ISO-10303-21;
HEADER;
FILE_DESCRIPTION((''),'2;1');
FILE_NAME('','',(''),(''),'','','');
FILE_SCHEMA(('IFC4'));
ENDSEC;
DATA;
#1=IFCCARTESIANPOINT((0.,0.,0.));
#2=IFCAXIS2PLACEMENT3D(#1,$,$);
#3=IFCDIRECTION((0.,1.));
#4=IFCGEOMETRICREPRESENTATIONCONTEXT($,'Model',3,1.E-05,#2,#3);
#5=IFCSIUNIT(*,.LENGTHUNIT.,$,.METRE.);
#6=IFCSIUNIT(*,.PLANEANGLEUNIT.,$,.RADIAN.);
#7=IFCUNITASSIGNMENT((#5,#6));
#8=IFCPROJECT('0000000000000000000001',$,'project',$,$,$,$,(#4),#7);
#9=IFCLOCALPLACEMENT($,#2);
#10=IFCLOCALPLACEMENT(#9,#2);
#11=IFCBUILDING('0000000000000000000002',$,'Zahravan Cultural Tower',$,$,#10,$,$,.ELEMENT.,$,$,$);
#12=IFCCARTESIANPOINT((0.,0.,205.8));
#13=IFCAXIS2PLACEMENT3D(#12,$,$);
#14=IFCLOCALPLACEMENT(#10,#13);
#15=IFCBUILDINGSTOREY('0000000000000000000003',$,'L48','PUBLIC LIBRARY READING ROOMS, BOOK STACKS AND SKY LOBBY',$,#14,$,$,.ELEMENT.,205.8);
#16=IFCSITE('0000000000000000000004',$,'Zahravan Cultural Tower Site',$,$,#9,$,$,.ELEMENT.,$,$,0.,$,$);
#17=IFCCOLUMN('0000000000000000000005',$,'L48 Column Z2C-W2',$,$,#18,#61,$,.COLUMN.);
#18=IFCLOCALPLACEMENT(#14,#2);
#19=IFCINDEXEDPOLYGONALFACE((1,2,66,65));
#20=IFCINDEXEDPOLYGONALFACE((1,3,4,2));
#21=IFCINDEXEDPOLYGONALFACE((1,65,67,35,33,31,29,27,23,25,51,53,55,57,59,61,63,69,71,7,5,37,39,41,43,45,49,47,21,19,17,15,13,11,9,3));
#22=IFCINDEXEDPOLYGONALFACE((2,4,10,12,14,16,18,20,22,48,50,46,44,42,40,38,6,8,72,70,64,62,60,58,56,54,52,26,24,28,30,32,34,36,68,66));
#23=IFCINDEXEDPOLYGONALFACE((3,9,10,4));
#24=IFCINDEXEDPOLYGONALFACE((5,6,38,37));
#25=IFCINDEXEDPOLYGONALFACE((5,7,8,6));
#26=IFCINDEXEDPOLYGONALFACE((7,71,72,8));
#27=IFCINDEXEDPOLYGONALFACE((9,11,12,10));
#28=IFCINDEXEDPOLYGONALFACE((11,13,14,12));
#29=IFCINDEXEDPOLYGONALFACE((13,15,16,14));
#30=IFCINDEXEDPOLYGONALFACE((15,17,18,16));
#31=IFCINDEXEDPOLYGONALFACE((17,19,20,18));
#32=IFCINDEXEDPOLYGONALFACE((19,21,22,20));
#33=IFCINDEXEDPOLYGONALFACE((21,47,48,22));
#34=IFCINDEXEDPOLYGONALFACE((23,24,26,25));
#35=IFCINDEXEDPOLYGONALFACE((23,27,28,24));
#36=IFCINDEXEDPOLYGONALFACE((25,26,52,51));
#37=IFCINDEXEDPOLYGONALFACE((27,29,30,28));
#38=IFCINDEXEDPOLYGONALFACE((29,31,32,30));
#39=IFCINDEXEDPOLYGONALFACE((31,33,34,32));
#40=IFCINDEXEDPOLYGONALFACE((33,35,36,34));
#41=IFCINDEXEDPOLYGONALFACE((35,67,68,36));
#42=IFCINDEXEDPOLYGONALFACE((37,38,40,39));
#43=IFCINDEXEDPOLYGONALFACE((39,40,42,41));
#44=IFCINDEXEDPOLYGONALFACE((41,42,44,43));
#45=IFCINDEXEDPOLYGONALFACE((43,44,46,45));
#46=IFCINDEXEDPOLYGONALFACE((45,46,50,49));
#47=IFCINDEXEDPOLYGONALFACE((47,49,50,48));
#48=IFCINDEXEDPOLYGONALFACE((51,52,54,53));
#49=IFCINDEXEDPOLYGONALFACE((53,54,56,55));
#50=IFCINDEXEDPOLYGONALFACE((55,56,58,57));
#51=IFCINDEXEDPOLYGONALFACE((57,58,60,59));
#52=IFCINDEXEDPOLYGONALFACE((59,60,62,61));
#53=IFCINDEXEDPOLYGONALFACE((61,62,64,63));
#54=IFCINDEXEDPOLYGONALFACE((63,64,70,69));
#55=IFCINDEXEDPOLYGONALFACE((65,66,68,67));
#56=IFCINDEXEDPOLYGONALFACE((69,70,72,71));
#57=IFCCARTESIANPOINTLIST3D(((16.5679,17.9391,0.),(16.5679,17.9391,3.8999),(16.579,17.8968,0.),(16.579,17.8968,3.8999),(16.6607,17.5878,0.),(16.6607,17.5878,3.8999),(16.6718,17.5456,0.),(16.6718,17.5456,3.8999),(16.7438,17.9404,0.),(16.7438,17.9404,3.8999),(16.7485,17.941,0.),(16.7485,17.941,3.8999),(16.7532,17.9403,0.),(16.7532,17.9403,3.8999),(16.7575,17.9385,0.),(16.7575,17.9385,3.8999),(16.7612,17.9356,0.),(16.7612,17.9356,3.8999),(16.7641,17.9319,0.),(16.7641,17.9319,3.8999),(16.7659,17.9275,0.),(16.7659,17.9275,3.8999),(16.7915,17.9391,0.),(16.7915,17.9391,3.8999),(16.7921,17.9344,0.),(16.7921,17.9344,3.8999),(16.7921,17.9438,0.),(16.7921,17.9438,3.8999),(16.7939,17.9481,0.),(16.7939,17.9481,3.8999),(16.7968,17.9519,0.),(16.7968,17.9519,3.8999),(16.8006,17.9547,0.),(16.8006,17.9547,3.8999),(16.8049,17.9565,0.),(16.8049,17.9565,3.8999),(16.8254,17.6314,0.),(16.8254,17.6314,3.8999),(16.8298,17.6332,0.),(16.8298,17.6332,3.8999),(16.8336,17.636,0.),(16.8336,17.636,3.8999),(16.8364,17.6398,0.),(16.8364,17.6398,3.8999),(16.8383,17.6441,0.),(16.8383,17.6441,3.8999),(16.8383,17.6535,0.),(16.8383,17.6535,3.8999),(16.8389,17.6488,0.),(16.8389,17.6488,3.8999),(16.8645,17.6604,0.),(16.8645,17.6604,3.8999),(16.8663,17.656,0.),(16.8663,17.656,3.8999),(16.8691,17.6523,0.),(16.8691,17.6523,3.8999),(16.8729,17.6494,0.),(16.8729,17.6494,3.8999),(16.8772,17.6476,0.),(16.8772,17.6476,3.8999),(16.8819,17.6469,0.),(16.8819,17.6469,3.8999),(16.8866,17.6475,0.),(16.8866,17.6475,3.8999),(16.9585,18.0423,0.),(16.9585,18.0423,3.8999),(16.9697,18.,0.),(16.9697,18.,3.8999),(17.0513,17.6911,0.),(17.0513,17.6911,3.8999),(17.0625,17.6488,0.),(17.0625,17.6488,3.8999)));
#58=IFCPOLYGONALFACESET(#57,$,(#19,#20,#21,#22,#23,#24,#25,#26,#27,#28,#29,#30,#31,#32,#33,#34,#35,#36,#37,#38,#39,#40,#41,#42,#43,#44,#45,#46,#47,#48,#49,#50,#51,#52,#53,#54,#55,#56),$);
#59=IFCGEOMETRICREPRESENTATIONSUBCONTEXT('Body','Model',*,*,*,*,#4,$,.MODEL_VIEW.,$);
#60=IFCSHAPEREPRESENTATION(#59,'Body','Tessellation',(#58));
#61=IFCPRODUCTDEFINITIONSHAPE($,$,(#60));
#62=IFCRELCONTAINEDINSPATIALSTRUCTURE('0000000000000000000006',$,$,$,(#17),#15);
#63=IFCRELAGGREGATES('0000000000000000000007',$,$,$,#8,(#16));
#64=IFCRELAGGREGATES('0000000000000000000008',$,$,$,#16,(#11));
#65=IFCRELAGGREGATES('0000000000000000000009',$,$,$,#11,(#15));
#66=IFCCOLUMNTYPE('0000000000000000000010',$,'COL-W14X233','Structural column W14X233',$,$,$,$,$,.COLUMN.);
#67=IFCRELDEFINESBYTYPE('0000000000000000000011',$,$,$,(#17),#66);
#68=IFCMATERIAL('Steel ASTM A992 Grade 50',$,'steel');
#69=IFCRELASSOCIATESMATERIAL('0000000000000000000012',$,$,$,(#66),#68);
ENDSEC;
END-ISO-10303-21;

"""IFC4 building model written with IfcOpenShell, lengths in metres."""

from ifc_helpers import new_model, si_unit, direction, frame, origin, origin_2d, place, context, subcontext, project, spatial, i_section, extrude, source, transform, mapped, material, material_profile, profile_set, type_object, element, save


model = new_model("IFC4")

# Units and contexts
model_context = context("Model", 3, precision=1e-05, world=origin(), true_north=direction((0.0, 1.0)))
body_context = subcontext(model_context, "Body", "Model", "MODEL_VIEW")
ifc_project = project(units=[si_unit("LENGTHUNIT", "METRE"), si_unit("PLANEANGLEUNIT", "RADIAN")], contexts=[model_context])

# Site, building, storey
site_placement = place(None, origin())
site = spatial("IfcSite", under=ifc_project, at=site_placement, Name="Zahravan Cultural Tower Site", CompositionType="ELEMENT", RefElevation=0.0)
building_placement = place(site_placement, origin())
building = spatial("IfcBuilding", under=site, at=building_placement, Name="Zahravan Cultural Tower", CompositionType="ELEMENT")
storey_placement = place(building_placement, frame((0.0, 0.0, 205.8)))
storey = spatial("IfcBuildingStorey", under=building, at=storey_placement, Name="L48", Description="PUBLIC LIBRARY READING ROOMS, BOOK STACKS AND SKY LOBBY", CompositionType="ELEMENT", Elevation=205.8)

# Column
ifc_material_1 = material(Name="Steel ASTM A992 Grade 50", Category="steel")
ifc_material_profile = material_profile(ifc_material_1, i_section(OverallWidth=0.4041, OverallDepth=0.407, WebThickness=0.0271, FlangeThickness=0.0437, FilletRadius=0.0181, at=origin_2d()), Name="W14X233")
ifc_profile_set = profile_set([ifc_material_profile], Name="Steel ASTM A992 Grade 50")
column_type = type_object("IfcColumnType", Name="COL-W14X233", Description="Structural column W14X233", PredefinedType="COLUMN", material=ifc_profile_set)
shared_shape_1 = source(origin(), body_context, "Body", "SweptSolid", [
    extrude(i_section(OverallWidth=0.4041, OverallDepth=0.407, WebThickness=0.0271, FlangeThickness=0.0437, FilletRadius=0.0181, at=origin_2d()), origin(), (0.0, 0.0, 1.0), 3.8999),
])
column_placement = place(storey_placement, frame((16.8152, 17.7939, 0.0), z_axis=(0.0, 0.0, 1.0), x_axis=(0.966823, 0.255446, 0.0)))
element("IfcColumn", 1, at=column_placement, inside=storey, type_object=column_type, Name="L48 Column Z2C-W2", PredefinedType="COLUMN", context=body_context, shape_type="MappedRepresentation", body=[
    mapped(shared_shape_1, transform((0.0, 0.0, 0.0), x_axis=(1.0, 0.0, 0.0), y_axis=(0.0, 1.0, 0.0), z_axis=(0.0, 0.0, 1.0), scale=1.0)),
])

save(model, "model.ifc")
